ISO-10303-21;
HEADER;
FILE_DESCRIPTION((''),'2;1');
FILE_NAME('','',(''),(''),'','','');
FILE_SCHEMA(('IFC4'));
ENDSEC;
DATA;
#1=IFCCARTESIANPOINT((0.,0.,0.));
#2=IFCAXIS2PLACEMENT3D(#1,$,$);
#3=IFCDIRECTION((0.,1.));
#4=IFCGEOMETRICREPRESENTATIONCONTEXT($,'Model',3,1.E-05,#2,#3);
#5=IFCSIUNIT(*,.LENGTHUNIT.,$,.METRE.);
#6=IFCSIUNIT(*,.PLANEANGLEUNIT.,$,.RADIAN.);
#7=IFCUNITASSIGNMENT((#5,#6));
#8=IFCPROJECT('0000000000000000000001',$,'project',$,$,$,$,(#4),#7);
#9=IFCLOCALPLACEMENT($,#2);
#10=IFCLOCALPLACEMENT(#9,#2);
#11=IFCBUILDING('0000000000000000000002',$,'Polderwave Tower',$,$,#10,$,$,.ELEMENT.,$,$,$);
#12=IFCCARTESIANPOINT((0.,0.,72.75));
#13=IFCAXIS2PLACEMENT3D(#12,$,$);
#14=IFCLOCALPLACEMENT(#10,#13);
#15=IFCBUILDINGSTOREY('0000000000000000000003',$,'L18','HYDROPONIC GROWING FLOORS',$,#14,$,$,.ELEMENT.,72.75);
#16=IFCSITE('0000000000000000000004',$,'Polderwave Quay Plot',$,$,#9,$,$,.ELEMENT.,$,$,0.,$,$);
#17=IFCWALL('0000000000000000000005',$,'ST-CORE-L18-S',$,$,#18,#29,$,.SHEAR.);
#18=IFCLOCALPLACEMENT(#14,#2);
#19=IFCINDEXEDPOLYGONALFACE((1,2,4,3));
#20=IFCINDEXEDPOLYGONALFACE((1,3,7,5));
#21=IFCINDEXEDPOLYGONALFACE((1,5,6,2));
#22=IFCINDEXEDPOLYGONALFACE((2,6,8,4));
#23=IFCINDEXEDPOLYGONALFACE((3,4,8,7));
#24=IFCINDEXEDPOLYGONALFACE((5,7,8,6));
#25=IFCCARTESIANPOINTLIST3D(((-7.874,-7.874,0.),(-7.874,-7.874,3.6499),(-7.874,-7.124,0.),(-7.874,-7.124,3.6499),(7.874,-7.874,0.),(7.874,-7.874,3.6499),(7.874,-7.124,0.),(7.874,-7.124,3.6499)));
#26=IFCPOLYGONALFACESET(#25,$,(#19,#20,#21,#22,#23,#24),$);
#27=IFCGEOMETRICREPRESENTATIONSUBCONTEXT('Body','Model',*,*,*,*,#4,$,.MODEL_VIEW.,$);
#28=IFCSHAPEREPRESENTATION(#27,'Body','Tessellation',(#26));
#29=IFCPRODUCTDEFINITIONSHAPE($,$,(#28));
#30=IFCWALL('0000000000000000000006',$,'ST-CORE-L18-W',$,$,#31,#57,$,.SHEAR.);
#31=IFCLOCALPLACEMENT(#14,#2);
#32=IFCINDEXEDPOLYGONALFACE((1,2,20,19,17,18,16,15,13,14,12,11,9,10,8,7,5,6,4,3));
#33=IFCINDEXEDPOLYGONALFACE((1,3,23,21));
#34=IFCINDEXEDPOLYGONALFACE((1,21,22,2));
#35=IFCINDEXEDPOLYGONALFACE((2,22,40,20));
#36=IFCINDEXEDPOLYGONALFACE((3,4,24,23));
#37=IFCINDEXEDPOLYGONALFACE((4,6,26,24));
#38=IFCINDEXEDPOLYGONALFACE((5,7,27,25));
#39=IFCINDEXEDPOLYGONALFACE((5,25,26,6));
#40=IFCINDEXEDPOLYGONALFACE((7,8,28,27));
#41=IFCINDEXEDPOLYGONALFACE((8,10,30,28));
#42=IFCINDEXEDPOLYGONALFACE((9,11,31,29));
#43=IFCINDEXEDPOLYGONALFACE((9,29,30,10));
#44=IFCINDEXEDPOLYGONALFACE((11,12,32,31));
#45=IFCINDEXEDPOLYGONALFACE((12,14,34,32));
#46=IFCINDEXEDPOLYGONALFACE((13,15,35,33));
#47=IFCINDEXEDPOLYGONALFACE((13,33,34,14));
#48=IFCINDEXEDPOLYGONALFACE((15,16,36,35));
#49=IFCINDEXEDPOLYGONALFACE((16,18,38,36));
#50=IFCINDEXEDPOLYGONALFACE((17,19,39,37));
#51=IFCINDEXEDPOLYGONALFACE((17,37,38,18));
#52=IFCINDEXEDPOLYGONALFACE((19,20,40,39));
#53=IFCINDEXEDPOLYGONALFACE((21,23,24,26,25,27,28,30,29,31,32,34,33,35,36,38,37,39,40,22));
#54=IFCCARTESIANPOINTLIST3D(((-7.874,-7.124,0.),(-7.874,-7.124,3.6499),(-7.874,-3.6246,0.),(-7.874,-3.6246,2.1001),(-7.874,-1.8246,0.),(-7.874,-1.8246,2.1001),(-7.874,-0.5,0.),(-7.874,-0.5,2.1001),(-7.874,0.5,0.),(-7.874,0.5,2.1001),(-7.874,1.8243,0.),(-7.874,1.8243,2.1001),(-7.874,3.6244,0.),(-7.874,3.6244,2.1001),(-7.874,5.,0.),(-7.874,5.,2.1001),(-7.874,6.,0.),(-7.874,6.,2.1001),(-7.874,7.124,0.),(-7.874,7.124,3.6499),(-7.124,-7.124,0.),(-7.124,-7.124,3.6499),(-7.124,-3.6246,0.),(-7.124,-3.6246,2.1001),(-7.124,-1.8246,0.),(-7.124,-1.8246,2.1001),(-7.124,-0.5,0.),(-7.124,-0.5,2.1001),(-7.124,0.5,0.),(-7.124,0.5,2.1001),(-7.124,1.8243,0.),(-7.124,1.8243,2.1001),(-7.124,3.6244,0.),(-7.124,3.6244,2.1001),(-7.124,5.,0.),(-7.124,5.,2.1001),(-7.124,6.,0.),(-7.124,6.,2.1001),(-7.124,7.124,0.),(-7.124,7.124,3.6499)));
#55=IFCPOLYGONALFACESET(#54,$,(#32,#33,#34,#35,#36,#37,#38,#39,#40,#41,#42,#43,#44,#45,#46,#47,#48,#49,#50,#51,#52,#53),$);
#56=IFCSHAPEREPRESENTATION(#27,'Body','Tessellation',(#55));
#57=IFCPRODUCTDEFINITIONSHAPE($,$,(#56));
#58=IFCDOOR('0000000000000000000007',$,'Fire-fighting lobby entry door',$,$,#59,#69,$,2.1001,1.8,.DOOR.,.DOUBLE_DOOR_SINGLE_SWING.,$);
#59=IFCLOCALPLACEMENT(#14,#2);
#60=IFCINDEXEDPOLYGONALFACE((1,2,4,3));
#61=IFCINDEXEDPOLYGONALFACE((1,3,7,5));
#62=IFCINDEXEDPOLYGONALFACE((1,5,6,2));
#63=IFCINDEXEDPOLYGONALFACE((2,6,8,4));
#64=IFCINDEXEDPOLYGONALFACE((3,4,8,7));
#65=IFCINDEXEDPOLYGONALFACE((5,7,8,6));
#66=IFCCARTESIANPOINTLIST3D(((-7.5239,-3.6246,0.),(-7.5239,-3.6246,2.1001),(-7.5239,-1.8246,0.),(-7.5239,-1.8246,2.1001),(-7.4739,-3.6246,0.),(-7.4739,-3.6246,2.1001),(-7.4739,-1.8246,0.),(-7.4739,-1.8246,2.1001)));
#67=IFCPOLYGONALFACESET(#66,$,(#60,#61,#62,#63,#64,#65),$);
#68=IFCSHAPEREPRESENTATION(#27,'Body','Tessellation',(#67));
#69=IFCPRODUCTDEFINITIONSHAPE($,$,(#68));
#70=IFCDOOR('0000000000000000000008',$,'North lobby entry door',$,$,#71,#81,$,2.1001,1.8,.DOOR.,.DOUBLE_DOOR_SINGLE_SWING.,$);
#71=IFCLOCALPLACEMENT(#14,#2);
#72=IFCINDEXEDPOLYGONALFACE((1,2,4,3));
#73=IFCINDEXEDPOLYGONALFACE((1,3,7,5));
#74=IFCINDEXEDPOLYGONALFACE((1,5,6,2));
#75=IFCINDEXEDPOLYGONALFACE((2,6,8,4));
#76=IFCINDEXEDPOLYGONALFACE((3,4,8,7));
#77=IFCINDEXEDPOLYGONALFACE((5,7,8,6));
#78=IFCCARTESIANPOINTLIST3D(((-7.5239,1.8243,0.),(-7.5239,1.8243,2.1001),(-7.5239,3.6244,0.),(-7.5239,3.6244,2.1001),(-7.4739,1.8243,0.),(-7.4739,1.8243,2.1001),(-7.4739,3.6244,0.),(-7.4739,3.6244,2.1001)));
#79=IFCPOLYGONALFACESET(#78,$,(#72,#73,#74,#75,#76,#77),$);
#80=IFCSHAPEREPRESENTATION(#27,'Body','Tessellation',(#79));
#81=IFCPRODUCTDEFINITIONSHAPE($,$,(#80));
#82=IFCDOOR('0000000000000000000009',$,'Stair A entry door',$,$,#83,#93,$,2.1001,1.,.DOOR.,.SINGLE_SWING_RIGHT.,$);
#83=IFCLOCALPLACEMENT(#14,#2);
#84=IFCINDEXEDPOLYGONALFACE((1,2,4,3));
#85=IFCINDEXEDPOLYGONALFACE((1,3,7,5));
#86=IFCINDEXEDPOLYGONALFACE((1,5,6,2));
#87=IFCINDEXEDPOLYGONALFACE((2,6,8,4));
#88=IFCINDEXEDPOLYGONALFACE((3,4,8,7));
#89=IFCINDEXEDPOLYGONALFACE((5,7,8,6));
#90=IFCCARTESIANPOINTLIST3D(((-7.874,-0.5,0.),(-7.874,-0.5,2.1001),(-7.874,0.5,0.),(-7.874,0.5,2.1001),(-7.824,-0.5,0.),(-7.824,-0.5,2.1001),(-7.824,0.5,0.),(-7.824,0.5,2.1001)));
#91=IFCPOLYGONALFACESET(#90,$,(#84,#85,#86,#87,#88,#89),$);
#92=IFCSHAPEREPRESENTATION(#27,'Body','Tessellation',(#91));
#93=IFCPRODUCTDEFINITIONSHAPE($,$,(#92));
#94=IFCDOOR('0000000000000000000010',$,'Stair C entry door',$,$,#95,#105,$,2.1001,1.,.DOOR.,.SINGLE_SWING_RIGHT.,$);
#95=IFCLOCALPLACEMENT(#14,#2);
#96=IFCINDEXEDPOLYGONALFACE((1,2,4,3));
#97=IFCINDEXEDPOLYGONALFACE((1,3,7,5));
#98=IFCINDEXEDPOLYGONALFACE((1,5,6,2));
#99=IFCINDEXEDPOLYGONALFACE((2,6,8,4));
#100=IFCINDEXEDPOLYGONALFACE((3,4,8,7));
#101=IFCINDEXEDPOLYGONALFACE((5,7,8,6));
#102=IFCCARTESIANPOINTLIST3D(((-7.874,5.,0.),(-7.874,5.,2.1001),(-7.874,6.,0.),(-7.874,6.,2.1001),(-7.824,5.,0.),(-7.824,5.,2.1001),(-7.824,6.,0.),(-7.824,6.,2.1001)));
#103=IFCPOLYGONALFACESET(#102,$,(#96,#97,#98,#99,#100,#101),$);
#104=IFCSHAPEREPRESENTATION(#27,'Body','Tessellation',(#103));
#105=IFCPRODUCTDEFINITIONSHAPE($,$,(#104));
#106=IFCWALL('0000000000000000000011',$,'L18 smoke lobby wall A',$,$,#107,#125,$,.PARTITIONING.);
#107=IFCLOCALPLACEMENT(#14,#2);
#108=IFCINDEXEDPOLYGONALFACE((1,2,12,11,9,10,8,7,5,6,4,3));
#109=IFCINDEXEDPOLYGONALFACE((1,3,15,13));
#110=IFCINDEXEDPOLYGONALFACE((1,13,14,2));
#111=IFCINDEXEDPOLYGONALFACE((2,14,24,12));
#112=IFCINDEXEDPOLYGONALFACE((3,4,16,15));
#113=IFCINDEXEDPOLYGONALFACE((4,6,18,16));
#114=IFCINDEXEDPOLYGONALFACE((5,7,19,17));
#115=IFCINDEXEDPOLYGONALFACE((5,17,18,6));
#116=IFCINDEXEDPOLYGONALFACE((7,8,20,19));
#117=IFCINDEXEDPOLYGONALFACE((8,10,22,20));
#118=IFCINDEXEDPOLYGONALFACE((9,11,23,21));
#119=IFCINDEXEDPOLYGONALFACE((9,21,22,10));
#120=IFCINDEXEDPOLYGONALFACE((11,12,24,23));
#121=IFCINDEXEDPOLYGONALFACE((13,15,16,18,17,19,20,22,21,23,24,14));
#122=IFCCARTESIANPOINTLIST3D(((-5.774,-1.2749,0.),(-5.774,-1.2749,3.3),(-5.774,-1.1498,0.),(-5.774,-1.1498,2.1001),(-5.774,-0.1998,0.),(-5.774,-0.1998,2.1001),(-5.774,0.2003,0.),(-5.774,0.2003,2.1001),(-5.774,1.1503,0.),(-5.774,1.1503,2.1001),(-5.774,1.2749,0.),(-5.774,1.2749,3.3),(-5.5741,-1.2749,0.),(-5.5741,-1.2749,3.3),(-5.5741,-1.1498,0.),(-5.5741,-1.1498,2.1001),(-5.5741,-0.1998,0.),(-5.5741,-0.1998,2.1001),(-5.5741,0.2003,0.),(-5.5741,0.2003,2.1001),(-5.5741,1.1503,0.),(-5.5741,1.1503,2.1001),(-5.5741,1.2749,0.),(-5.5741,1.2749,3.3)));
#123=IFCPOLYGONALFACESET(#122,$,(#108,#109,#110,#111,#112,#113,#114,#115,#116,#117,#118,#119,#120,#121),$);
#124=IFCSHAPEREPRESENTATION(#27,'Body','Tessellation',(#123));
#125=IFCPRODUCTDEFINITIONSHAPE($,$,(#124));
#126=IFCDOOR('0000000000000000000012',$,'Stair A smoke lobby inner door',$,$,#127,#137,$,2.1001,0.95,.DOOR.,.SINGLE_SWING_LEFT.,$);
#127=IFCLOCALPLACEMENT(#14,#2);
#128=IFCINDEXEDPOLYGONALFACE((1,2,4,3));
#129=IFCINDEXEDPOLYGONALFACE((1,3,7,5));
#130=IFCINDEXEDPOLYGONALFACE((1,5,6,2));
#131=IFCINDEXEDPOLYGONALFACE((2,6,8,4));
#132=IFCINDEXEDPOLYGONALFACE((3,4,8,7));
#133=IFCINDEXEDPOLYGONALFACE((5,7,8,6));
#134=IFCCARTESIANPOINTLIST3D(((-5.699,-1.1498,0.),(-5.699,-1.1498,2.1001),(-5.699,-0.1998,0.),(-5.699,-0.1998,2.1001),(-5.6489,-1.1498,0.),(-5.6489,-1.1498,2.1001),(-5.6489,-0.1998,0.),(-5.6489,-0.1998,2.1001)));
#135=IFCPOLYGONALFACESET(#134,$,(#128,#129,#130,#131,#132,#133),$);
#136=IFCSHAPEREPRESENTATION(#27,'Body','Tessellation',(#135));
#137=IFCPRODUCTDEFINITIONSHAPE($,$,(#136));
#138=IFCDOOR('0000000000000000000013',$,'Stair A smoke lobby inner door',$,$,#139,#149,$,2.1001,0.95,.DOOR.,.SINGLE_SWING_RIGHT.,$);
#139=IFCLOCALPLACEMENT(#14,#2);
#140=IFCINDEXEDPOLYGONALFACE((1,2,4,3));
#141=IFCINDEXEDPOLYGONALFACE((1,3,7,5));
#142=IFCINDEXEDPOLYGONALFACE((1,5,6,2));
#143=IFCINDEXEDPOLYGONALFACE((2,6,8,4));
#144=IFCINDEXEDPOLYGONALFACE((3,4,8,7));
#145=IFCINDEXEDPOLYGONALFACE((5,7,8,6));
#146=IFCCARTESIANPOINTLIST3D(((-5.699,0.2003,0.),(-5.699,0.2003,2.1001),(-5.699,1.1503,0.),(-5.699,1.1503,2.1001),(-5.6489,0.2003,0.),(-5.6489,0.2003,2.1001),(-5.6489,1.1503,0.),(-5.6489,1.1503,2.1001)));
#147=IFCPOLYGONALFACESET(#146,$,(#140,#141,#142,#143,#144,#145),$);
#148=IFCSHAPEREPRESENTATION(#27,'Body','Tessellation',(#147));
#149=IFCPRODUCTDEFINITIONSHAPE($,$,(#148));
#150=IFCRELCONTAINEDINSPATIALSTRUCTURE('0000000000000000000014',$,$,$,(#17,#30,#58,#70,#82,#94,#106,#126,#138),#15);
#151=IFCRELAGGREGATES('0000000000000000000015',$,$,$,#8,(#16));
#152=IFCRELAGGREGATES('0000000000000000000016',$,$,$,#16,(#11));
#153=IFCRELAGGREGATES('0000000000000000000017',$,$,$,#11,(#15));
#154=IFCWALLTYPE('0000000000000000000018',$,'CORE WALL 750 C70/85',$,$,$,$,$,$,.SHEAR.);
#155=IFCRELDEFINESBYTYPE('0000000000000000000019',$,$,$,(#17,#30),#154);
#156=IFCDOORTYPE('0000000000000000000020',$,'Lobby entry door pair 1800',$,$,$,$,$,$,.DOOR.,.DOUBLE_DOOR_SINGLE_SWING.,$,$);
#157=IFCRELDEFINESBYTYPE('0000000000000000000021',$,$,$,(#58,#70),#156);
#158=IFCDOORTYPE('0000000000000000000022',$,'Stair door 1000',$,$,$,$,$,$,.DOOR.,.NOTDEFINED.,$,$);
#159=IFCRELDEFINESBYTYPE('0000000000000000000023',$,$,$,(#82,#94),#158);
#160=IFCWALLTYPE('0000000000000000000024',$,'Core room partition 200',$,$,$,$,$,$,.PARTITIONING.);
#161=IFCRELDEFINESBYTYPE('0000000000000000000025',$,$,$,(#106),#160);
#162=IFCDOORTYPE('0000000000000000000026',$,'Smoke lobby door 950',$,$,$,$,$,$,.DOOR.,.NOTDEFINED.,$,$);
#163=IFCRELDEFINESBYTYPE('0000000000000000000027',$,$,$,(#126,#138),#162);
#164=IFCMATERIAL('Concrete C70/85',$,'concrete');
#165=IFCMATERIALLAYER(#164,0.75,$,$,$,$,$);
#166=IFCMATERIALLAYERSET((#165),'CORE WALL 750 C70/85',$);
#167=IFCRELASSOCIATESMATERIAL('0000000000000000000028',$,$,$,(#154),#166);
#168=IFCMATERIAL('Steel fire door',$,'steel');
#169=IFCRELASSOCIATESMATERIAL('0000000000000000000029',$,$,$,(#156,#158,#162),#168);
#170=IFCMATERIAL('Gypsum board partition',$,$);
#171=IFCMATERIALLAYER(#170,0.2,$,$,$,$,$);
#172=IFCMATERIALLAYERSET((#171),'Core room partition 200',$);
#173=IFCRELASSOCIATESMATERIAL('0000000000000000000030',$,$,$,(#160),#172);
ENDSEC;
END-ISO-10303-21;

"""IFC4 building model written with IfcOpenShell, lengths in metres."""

from ifc_helpers import new_model, si_unit, direction, frame, frame_2d, origin, place, context, subcontext, project, spatial, rectangle, extrude, material, layer, layer_set, type_object, element, fill, save


model = new_model("IFC4")

# Units and contexts
model_context = context("Model", 3, precision=1e-05, world=origin(), true_north=direction((0.0, 1.0)))
body_context = subcontext(model_context, "Body", "Model", "MODEL_VIEW")
ifc_project = project(units=[si_unit("LENGTHUNIT", "METRE"), si_unit("PLANEANGLEUNIT", "RADIAN")], contexts=[model_context])

# Site, building, storey
site_placement = place(None, origin())
site = spatial("IfcSite", under=ifc_project, at=site_placement, Name="Polderwave Quay Plot", CompositionType="ELEMENT", RefElevation=0.0)
building_placement = place(site_placement, origin())
building = spatial("IfcBuilding", under=site, at=building_placement, Name="Polderwave Tower", CompositionType="ELEMENT")
storey_placement = place(building_placement, frame((0.0, 0.0, 72.75)))
storey = spatial("IfcBuildingStorey", under=building, at=storey_placement, Name="L18", Description="HYDROPONIC GROWING FLOORS", CompositionType="ELEMENT", Elevation=72.75)

# Wall
ifc_material_1 = material(Name="Concrete C70/85", Category="concrete")
ifc_layer_1 = layer(ifc_material_1, 0.75)
ifc_layer_set_1 = layer_set([ifc_layer_1], Name="CORE WALL 750 C70/85")
wall_type_1 = type_object("IfcWallType", Name="CORE WALL 750 C70/85", PredefinedType="SHEAR", material=ifc_layer_set_1)
wall_1_placement = place(storey_placement, frame((-7.874, -7.499, 0.0), z_axis=(0.0, 0.0, 1.0), x_axis=(1.0, 0.0, 0.0)))
element("IfcWall", 1, at=wall_1_placement, inside=storey, type_object=wall_type_1, Name="ST-CORE-L18-S", PredefinedType="SHEAR", context=body_context, shape_type="SweptSolid", body=[
    extrude(rectangle(XDim=15.748, YDim=0.75, at=frame_2d((7.874, 0.0))), origin(), (0.0, 0.0, 1.0), 3.6499),
])

# Walls, openings, doors
wall_2_placement = place(storey_placement, frame((-7.499, -7.124, 0.0), z_axis=(0.0, 0.0, 1.0), x_axis=(0.0, 1.0, 0.0)))
wall_2 = element("IfcWall", 2, at=wall_2_placement, inside=storey, type_object=wall_type_1, Name="ST-CORE-L18-W", PredefinedType="SHEAR", context=body_context, shape_type="SweptSolid", body=[
    extrude(rectangle(XDim=14.248, YDim=0.75, at=frame_2d((7.124, 0.0))), origin(), (0.0, 0.0, 1.0), 3.6499),
])
opening_1_placement = place(wall_2_placement, frame((6.624, 0.0, 0.0)))
opening_1 = element("IfcOpeningElement", 3, at=opening_1_placement, cuts=wall_2, PredefinedType="OPENING", context=body_context, shape_type="SweptSolid", body=[
    extrude(rectangle(XDim=1.0, YDim=2.1001, at=frame_2d((0.5, 1.05))), frame((0.0, 0.385, 0.0), z_axis=(0.0, -1.0, 0.0), x_axis=(1.0, 0.0, 0.0)), (0.0, 0.0, 1.0), 0.77),
])
opening_2_placement = place(wall_2_placement, frame((3.4995, 0.0, 0.0)))
opening_2 = element("IfcOpeningElement", 4, at=opening_2_placement, cuts=wall_2, PredefinedType="OPENING", context=body_context, shape_type="SweptSolid", body=[
    extrude(rectangle(XDim=1.8, YDim=2.1001, at=frame_2d((0.8999, 1.05))), frame((0.0, 0.385, 0.0), z_axis=(0.0, -1.0, 0.0), x_axis=(1.0, 0.0, 0.0)), (0.0, 0.0, 1.0), 0.77),
])
opening_3_placement = place(wall_2_placement, frame((8.9485, 0.0, 0.0)))
opening_3 = element("IfcOpeningElement", 5, at=opening_3_placement, cuts=wall_2, PredefinedType="OPENING", context=body_context, shape_type="SweptSolid", body=[
    extrude(rectangle(XDim=1.8, YDim=2.1001, at=frame_2d((0.8999, 1.05))), frame((0.0, 0.385, 0.0), z_axis=(0.0, -1.0, 0.0), x_axis=(1.0, 0.0, 0.0)), (0.0, 0.0, 1.0), 0.77),
])
opening_4_placement = place(wall_2_placement, frame((12.124, 0.0, 0.0)))
opening_4 = element("IfcOpeningElement", 6, at=opening_4_placement, cuts=wall_2, PredefinedType="OPENING", context=body_context, shape_type="SweptSolid", body=[
    extrude(rectangle(XDim=1.0, YDim=2.1001, at=frame_2d((0.5, 1.05))), frame((0.0, 0.385, 0.0), z_axis=(0.0, -1.0, 0.0), x_axis=(1.0, 0.0, 0.0)), (0.0, 0.0, 1.0), 0.77),
])
ifc_material_2 = material(Name="Steel fire door", Category="steel")
door_type_1 = type_object("IfcDoorType", Name="Lobby entry door pair 1800", OperationType="DOUBLE_DOOR_SINGLE_SWING", PredefinedType="DOOR", material=ifc_material_2)
door_1_placement = place(opening_2_placement, origin())
door_1 = element("IfcDoor", 7, at=door_1_placement, inside=storey, type_object=door_type_1, Name="Fire-fighting lobby entry door", OperationType="DOUBLE_DOOR_SINGLE_SWING", OverallHeight=2.1001, OverallWidth=1.8, PredefinedType="DOOR", context=body_context, shape_type="SweptSolid", body=[
    extrude(rectangle(XDim=1.8, YDim=2.1001, at=frame_2d((0.8999, 1.05))), frame((0.0, 0.0249, 0.0), z_axis=(0.0, -1.0, 0.0), x_axis=(1.0, 0.0, 0.0)), (0.0, 0.0, 1.0), 0.05),
])
fill(opening_2, door_1)
door_2_placement = place(opening_3_placement, origin())
door_2 = element("IfcDoor", 8, at=door_2_placement, inside=storey, type_object=door_type_1, Name="North lobby entry door", OperationType="DOUBLE_DOOR_SINGLE_SWING", OverallHeight=2.1001, OverallWidth=1.8, PredefinedType="DOOR", context=body_context, shape_type="SweptSolid", body=[
    extrude(rectangle(XDim=1.8, YDim=2.1001, at=frame_2d((0.8999, 1.05))), frame((0.0, 0.0249, 0.0), z_axis=(0.0, -1.0, 0.0), x_axis=(1.0, 0.0, 0.0)), (0.0, 0.0, 1.0), 0.05),
])
fill(opening_3, door_2)
door_type_2 = type_object("IfcDoorType", Name="Stair door 1000", OperationType="NOTDEFINED", PredefinedType="DOOR", material=ifc_material_2)
door_3_placement = place(opening_1_placement, origin())
door_3 = element("IfcDoor", 9, at=door_3_placement, inside=storey, type_object=door_type_2, Name="Stair A entry door", OperationType="SINGLE_SWING_RIGHT", OverallHeight=2.1001, OverallWidth=1.0, PredefinedType="DOOR", context=body_context, shape_type="SweptSolid", body=[
    extrude(rectangle(XDim=1.0, YDim=2.1001, at=frame_2d((0.5, 1.05))), frame((0.0, 0.375, 0.0), z_axis=(0.0, -1.0, 0.0), x_axis=(1.0, 0.0, 0.0)), (0.0, 0.0, 1.0), 0.05),
])
fill(opening_1, door_3)
door_4_placement = place(opening_4_placement, origin())
door_4 = element("IfcDoor", 10, at=door_4_placement, inside=storey, type_object=door_type_2, Name="Stair C entry door", OperationType="SINGLE_SWING_RIGHT", OverallHeight=2.1001, OverallWidth=1.0, PredefinedType="DOOR", context=body_context, shape_type="SweptSolid", body=[
    extrude(rectangle(XDim=1.0, YDim=2.1001, at=frame_2d((0.5, 1.05))), frame((0.0, 0.375, 0.0), z_axis=(0.0, -1.0, 0.0), x_axis=(1.0, 0.0, 0.0)), (0.0, 0.0, 1.0), 0.05),
])
fill(opening_4, door_4)
ifc_material_3 = material(Name="Gypsum board partition")
ifc_layer_2 = layer(ifc_material_3, 0.2)
ifc_layer_set_2 = layer_set([ifc_layer_2], Name="Core room partition 200")
wall_type_2 = type_object("IfcWallType", Name="Core room partition 200", PredefinedType="PARTITIONING", material=ifc_layer_set_2)
wall_3_placement = place(storey_placement, frame((-5.6741, -1.2749, 0.0), z_axis=(0.0, 0.0, 1.0), x_axis=(0.0, 1.0, 0.0)))
wall_3 = element("IfcWall", 11, at=wall_3_placement, inside=storey, type_object=wall_type_2, Name="L18 smoke lobby wall A", PredefinedType="PARTITIONING", context=body_context, shape_type="SweptSolid", body=[
    extrude(rectangle(XDim=2.5498, YDim=0.2, at=frame_2d((1.2749, 0.0))), origin(), (0.0, 0.0, 1.0), 3.3),
])
opening_5_placement = place(wall_3_placement, frame((0.125, 0.0, 0.0)))
opening_5 = element("IfcOpeningElement", 12, at=opening_5_placement, cuts=wall_3, PredefinedType="OPENING", context=body_context, shape_type="SweptSolid", body=[
    extrude(rectangle(XDim=0.95, YDim=2.1001, at=frame_2d((0.4751, 1.05))), frame((0.0, 0.1099, 0.0), z_axis=(0.0, -1.0, 0.0), x_axis=(1.0, 0.0, 0.0)), (0.0, 0.0, 1.0), 0.22),
])
opening_6_placement = place(wall_3_placement, frame((1.4751, 0.0, 0.0)))
opening_6 = element("IfcOpeningElement", 13, at=opening_6_placement, cuts=wall_3, PredefinedType="OPENING", context=body_context, shape_type="SweptSolid", body=[
    extrude(rectangle(XDim=0.95, YDim=2.1001, at=frame_2d((0.4751, 1.05))), frame((0.0, 0.1099, 0.0), z_axis=(0.0, -1.0, 0.0), x_axis=(1.0, 0.0, 0.0)), (0.0, 0.0, 1.0), 0.22),
])
door_type_3 = type_object("IfcDoorType", Name="Smoke lobby door 950", OperationType="NOTDEFINED", PredefinedType="DOOR", material=ifc_material_2)
door_5_placement = place(opening_5_placement, origin())
door_5 = element("IfcDoor", 14, at=door_5_placement, inside=storey, type_object=door_type_3, Name="Stair A smoke lobby inner door", OperationType="SINGLE_SWING_LEFT", OverallHeight=2.1001, OverallWidth=0.95, PredefinedType="DOOR", context=body_context, shape_type="SweptSolid", body=[
    extrude(rectangle(XDim=0.95, YDim=2.1001, at=frame_2d((0.4751, 1.05))), frame((0.0, 0.0249, 0.0), z_axis=(0.0, -1.0, 0.0), x_axis=(1.0, 0.0, 0.0)), (0.0, 0.0, 1.0), 0.05),
])
fill(opening_5, door_5)
door_6_placement = place(opening_6_placement, origin())
door_6 = element("IfcDoor", 15, at=door_6_placement, inside=storey, type_object=door_type_3, Name="Stair A smoke lobby inner door", OperationType="SINGLE_SWING_RIGHT", OverallHeight=2.1001, OverallWidth=0.95, PredefinedType="DOOR", context=body_context, shape_type="SweptSolid", body=[
    extrude(rectangle(XDim=0.95, YDim=2.1001, at=frame_2d((0.4751, 1.05))), frame((0.0, 0.0249, 0.0), z_axis=(0.0, -1.0, 0.0), x_axis=(1.0, 0.0, 0.0)), (0.0, 0.0, 1.0), 0.05),
])
fill(opening_6, door_6)

save(model, "model.ifc")
